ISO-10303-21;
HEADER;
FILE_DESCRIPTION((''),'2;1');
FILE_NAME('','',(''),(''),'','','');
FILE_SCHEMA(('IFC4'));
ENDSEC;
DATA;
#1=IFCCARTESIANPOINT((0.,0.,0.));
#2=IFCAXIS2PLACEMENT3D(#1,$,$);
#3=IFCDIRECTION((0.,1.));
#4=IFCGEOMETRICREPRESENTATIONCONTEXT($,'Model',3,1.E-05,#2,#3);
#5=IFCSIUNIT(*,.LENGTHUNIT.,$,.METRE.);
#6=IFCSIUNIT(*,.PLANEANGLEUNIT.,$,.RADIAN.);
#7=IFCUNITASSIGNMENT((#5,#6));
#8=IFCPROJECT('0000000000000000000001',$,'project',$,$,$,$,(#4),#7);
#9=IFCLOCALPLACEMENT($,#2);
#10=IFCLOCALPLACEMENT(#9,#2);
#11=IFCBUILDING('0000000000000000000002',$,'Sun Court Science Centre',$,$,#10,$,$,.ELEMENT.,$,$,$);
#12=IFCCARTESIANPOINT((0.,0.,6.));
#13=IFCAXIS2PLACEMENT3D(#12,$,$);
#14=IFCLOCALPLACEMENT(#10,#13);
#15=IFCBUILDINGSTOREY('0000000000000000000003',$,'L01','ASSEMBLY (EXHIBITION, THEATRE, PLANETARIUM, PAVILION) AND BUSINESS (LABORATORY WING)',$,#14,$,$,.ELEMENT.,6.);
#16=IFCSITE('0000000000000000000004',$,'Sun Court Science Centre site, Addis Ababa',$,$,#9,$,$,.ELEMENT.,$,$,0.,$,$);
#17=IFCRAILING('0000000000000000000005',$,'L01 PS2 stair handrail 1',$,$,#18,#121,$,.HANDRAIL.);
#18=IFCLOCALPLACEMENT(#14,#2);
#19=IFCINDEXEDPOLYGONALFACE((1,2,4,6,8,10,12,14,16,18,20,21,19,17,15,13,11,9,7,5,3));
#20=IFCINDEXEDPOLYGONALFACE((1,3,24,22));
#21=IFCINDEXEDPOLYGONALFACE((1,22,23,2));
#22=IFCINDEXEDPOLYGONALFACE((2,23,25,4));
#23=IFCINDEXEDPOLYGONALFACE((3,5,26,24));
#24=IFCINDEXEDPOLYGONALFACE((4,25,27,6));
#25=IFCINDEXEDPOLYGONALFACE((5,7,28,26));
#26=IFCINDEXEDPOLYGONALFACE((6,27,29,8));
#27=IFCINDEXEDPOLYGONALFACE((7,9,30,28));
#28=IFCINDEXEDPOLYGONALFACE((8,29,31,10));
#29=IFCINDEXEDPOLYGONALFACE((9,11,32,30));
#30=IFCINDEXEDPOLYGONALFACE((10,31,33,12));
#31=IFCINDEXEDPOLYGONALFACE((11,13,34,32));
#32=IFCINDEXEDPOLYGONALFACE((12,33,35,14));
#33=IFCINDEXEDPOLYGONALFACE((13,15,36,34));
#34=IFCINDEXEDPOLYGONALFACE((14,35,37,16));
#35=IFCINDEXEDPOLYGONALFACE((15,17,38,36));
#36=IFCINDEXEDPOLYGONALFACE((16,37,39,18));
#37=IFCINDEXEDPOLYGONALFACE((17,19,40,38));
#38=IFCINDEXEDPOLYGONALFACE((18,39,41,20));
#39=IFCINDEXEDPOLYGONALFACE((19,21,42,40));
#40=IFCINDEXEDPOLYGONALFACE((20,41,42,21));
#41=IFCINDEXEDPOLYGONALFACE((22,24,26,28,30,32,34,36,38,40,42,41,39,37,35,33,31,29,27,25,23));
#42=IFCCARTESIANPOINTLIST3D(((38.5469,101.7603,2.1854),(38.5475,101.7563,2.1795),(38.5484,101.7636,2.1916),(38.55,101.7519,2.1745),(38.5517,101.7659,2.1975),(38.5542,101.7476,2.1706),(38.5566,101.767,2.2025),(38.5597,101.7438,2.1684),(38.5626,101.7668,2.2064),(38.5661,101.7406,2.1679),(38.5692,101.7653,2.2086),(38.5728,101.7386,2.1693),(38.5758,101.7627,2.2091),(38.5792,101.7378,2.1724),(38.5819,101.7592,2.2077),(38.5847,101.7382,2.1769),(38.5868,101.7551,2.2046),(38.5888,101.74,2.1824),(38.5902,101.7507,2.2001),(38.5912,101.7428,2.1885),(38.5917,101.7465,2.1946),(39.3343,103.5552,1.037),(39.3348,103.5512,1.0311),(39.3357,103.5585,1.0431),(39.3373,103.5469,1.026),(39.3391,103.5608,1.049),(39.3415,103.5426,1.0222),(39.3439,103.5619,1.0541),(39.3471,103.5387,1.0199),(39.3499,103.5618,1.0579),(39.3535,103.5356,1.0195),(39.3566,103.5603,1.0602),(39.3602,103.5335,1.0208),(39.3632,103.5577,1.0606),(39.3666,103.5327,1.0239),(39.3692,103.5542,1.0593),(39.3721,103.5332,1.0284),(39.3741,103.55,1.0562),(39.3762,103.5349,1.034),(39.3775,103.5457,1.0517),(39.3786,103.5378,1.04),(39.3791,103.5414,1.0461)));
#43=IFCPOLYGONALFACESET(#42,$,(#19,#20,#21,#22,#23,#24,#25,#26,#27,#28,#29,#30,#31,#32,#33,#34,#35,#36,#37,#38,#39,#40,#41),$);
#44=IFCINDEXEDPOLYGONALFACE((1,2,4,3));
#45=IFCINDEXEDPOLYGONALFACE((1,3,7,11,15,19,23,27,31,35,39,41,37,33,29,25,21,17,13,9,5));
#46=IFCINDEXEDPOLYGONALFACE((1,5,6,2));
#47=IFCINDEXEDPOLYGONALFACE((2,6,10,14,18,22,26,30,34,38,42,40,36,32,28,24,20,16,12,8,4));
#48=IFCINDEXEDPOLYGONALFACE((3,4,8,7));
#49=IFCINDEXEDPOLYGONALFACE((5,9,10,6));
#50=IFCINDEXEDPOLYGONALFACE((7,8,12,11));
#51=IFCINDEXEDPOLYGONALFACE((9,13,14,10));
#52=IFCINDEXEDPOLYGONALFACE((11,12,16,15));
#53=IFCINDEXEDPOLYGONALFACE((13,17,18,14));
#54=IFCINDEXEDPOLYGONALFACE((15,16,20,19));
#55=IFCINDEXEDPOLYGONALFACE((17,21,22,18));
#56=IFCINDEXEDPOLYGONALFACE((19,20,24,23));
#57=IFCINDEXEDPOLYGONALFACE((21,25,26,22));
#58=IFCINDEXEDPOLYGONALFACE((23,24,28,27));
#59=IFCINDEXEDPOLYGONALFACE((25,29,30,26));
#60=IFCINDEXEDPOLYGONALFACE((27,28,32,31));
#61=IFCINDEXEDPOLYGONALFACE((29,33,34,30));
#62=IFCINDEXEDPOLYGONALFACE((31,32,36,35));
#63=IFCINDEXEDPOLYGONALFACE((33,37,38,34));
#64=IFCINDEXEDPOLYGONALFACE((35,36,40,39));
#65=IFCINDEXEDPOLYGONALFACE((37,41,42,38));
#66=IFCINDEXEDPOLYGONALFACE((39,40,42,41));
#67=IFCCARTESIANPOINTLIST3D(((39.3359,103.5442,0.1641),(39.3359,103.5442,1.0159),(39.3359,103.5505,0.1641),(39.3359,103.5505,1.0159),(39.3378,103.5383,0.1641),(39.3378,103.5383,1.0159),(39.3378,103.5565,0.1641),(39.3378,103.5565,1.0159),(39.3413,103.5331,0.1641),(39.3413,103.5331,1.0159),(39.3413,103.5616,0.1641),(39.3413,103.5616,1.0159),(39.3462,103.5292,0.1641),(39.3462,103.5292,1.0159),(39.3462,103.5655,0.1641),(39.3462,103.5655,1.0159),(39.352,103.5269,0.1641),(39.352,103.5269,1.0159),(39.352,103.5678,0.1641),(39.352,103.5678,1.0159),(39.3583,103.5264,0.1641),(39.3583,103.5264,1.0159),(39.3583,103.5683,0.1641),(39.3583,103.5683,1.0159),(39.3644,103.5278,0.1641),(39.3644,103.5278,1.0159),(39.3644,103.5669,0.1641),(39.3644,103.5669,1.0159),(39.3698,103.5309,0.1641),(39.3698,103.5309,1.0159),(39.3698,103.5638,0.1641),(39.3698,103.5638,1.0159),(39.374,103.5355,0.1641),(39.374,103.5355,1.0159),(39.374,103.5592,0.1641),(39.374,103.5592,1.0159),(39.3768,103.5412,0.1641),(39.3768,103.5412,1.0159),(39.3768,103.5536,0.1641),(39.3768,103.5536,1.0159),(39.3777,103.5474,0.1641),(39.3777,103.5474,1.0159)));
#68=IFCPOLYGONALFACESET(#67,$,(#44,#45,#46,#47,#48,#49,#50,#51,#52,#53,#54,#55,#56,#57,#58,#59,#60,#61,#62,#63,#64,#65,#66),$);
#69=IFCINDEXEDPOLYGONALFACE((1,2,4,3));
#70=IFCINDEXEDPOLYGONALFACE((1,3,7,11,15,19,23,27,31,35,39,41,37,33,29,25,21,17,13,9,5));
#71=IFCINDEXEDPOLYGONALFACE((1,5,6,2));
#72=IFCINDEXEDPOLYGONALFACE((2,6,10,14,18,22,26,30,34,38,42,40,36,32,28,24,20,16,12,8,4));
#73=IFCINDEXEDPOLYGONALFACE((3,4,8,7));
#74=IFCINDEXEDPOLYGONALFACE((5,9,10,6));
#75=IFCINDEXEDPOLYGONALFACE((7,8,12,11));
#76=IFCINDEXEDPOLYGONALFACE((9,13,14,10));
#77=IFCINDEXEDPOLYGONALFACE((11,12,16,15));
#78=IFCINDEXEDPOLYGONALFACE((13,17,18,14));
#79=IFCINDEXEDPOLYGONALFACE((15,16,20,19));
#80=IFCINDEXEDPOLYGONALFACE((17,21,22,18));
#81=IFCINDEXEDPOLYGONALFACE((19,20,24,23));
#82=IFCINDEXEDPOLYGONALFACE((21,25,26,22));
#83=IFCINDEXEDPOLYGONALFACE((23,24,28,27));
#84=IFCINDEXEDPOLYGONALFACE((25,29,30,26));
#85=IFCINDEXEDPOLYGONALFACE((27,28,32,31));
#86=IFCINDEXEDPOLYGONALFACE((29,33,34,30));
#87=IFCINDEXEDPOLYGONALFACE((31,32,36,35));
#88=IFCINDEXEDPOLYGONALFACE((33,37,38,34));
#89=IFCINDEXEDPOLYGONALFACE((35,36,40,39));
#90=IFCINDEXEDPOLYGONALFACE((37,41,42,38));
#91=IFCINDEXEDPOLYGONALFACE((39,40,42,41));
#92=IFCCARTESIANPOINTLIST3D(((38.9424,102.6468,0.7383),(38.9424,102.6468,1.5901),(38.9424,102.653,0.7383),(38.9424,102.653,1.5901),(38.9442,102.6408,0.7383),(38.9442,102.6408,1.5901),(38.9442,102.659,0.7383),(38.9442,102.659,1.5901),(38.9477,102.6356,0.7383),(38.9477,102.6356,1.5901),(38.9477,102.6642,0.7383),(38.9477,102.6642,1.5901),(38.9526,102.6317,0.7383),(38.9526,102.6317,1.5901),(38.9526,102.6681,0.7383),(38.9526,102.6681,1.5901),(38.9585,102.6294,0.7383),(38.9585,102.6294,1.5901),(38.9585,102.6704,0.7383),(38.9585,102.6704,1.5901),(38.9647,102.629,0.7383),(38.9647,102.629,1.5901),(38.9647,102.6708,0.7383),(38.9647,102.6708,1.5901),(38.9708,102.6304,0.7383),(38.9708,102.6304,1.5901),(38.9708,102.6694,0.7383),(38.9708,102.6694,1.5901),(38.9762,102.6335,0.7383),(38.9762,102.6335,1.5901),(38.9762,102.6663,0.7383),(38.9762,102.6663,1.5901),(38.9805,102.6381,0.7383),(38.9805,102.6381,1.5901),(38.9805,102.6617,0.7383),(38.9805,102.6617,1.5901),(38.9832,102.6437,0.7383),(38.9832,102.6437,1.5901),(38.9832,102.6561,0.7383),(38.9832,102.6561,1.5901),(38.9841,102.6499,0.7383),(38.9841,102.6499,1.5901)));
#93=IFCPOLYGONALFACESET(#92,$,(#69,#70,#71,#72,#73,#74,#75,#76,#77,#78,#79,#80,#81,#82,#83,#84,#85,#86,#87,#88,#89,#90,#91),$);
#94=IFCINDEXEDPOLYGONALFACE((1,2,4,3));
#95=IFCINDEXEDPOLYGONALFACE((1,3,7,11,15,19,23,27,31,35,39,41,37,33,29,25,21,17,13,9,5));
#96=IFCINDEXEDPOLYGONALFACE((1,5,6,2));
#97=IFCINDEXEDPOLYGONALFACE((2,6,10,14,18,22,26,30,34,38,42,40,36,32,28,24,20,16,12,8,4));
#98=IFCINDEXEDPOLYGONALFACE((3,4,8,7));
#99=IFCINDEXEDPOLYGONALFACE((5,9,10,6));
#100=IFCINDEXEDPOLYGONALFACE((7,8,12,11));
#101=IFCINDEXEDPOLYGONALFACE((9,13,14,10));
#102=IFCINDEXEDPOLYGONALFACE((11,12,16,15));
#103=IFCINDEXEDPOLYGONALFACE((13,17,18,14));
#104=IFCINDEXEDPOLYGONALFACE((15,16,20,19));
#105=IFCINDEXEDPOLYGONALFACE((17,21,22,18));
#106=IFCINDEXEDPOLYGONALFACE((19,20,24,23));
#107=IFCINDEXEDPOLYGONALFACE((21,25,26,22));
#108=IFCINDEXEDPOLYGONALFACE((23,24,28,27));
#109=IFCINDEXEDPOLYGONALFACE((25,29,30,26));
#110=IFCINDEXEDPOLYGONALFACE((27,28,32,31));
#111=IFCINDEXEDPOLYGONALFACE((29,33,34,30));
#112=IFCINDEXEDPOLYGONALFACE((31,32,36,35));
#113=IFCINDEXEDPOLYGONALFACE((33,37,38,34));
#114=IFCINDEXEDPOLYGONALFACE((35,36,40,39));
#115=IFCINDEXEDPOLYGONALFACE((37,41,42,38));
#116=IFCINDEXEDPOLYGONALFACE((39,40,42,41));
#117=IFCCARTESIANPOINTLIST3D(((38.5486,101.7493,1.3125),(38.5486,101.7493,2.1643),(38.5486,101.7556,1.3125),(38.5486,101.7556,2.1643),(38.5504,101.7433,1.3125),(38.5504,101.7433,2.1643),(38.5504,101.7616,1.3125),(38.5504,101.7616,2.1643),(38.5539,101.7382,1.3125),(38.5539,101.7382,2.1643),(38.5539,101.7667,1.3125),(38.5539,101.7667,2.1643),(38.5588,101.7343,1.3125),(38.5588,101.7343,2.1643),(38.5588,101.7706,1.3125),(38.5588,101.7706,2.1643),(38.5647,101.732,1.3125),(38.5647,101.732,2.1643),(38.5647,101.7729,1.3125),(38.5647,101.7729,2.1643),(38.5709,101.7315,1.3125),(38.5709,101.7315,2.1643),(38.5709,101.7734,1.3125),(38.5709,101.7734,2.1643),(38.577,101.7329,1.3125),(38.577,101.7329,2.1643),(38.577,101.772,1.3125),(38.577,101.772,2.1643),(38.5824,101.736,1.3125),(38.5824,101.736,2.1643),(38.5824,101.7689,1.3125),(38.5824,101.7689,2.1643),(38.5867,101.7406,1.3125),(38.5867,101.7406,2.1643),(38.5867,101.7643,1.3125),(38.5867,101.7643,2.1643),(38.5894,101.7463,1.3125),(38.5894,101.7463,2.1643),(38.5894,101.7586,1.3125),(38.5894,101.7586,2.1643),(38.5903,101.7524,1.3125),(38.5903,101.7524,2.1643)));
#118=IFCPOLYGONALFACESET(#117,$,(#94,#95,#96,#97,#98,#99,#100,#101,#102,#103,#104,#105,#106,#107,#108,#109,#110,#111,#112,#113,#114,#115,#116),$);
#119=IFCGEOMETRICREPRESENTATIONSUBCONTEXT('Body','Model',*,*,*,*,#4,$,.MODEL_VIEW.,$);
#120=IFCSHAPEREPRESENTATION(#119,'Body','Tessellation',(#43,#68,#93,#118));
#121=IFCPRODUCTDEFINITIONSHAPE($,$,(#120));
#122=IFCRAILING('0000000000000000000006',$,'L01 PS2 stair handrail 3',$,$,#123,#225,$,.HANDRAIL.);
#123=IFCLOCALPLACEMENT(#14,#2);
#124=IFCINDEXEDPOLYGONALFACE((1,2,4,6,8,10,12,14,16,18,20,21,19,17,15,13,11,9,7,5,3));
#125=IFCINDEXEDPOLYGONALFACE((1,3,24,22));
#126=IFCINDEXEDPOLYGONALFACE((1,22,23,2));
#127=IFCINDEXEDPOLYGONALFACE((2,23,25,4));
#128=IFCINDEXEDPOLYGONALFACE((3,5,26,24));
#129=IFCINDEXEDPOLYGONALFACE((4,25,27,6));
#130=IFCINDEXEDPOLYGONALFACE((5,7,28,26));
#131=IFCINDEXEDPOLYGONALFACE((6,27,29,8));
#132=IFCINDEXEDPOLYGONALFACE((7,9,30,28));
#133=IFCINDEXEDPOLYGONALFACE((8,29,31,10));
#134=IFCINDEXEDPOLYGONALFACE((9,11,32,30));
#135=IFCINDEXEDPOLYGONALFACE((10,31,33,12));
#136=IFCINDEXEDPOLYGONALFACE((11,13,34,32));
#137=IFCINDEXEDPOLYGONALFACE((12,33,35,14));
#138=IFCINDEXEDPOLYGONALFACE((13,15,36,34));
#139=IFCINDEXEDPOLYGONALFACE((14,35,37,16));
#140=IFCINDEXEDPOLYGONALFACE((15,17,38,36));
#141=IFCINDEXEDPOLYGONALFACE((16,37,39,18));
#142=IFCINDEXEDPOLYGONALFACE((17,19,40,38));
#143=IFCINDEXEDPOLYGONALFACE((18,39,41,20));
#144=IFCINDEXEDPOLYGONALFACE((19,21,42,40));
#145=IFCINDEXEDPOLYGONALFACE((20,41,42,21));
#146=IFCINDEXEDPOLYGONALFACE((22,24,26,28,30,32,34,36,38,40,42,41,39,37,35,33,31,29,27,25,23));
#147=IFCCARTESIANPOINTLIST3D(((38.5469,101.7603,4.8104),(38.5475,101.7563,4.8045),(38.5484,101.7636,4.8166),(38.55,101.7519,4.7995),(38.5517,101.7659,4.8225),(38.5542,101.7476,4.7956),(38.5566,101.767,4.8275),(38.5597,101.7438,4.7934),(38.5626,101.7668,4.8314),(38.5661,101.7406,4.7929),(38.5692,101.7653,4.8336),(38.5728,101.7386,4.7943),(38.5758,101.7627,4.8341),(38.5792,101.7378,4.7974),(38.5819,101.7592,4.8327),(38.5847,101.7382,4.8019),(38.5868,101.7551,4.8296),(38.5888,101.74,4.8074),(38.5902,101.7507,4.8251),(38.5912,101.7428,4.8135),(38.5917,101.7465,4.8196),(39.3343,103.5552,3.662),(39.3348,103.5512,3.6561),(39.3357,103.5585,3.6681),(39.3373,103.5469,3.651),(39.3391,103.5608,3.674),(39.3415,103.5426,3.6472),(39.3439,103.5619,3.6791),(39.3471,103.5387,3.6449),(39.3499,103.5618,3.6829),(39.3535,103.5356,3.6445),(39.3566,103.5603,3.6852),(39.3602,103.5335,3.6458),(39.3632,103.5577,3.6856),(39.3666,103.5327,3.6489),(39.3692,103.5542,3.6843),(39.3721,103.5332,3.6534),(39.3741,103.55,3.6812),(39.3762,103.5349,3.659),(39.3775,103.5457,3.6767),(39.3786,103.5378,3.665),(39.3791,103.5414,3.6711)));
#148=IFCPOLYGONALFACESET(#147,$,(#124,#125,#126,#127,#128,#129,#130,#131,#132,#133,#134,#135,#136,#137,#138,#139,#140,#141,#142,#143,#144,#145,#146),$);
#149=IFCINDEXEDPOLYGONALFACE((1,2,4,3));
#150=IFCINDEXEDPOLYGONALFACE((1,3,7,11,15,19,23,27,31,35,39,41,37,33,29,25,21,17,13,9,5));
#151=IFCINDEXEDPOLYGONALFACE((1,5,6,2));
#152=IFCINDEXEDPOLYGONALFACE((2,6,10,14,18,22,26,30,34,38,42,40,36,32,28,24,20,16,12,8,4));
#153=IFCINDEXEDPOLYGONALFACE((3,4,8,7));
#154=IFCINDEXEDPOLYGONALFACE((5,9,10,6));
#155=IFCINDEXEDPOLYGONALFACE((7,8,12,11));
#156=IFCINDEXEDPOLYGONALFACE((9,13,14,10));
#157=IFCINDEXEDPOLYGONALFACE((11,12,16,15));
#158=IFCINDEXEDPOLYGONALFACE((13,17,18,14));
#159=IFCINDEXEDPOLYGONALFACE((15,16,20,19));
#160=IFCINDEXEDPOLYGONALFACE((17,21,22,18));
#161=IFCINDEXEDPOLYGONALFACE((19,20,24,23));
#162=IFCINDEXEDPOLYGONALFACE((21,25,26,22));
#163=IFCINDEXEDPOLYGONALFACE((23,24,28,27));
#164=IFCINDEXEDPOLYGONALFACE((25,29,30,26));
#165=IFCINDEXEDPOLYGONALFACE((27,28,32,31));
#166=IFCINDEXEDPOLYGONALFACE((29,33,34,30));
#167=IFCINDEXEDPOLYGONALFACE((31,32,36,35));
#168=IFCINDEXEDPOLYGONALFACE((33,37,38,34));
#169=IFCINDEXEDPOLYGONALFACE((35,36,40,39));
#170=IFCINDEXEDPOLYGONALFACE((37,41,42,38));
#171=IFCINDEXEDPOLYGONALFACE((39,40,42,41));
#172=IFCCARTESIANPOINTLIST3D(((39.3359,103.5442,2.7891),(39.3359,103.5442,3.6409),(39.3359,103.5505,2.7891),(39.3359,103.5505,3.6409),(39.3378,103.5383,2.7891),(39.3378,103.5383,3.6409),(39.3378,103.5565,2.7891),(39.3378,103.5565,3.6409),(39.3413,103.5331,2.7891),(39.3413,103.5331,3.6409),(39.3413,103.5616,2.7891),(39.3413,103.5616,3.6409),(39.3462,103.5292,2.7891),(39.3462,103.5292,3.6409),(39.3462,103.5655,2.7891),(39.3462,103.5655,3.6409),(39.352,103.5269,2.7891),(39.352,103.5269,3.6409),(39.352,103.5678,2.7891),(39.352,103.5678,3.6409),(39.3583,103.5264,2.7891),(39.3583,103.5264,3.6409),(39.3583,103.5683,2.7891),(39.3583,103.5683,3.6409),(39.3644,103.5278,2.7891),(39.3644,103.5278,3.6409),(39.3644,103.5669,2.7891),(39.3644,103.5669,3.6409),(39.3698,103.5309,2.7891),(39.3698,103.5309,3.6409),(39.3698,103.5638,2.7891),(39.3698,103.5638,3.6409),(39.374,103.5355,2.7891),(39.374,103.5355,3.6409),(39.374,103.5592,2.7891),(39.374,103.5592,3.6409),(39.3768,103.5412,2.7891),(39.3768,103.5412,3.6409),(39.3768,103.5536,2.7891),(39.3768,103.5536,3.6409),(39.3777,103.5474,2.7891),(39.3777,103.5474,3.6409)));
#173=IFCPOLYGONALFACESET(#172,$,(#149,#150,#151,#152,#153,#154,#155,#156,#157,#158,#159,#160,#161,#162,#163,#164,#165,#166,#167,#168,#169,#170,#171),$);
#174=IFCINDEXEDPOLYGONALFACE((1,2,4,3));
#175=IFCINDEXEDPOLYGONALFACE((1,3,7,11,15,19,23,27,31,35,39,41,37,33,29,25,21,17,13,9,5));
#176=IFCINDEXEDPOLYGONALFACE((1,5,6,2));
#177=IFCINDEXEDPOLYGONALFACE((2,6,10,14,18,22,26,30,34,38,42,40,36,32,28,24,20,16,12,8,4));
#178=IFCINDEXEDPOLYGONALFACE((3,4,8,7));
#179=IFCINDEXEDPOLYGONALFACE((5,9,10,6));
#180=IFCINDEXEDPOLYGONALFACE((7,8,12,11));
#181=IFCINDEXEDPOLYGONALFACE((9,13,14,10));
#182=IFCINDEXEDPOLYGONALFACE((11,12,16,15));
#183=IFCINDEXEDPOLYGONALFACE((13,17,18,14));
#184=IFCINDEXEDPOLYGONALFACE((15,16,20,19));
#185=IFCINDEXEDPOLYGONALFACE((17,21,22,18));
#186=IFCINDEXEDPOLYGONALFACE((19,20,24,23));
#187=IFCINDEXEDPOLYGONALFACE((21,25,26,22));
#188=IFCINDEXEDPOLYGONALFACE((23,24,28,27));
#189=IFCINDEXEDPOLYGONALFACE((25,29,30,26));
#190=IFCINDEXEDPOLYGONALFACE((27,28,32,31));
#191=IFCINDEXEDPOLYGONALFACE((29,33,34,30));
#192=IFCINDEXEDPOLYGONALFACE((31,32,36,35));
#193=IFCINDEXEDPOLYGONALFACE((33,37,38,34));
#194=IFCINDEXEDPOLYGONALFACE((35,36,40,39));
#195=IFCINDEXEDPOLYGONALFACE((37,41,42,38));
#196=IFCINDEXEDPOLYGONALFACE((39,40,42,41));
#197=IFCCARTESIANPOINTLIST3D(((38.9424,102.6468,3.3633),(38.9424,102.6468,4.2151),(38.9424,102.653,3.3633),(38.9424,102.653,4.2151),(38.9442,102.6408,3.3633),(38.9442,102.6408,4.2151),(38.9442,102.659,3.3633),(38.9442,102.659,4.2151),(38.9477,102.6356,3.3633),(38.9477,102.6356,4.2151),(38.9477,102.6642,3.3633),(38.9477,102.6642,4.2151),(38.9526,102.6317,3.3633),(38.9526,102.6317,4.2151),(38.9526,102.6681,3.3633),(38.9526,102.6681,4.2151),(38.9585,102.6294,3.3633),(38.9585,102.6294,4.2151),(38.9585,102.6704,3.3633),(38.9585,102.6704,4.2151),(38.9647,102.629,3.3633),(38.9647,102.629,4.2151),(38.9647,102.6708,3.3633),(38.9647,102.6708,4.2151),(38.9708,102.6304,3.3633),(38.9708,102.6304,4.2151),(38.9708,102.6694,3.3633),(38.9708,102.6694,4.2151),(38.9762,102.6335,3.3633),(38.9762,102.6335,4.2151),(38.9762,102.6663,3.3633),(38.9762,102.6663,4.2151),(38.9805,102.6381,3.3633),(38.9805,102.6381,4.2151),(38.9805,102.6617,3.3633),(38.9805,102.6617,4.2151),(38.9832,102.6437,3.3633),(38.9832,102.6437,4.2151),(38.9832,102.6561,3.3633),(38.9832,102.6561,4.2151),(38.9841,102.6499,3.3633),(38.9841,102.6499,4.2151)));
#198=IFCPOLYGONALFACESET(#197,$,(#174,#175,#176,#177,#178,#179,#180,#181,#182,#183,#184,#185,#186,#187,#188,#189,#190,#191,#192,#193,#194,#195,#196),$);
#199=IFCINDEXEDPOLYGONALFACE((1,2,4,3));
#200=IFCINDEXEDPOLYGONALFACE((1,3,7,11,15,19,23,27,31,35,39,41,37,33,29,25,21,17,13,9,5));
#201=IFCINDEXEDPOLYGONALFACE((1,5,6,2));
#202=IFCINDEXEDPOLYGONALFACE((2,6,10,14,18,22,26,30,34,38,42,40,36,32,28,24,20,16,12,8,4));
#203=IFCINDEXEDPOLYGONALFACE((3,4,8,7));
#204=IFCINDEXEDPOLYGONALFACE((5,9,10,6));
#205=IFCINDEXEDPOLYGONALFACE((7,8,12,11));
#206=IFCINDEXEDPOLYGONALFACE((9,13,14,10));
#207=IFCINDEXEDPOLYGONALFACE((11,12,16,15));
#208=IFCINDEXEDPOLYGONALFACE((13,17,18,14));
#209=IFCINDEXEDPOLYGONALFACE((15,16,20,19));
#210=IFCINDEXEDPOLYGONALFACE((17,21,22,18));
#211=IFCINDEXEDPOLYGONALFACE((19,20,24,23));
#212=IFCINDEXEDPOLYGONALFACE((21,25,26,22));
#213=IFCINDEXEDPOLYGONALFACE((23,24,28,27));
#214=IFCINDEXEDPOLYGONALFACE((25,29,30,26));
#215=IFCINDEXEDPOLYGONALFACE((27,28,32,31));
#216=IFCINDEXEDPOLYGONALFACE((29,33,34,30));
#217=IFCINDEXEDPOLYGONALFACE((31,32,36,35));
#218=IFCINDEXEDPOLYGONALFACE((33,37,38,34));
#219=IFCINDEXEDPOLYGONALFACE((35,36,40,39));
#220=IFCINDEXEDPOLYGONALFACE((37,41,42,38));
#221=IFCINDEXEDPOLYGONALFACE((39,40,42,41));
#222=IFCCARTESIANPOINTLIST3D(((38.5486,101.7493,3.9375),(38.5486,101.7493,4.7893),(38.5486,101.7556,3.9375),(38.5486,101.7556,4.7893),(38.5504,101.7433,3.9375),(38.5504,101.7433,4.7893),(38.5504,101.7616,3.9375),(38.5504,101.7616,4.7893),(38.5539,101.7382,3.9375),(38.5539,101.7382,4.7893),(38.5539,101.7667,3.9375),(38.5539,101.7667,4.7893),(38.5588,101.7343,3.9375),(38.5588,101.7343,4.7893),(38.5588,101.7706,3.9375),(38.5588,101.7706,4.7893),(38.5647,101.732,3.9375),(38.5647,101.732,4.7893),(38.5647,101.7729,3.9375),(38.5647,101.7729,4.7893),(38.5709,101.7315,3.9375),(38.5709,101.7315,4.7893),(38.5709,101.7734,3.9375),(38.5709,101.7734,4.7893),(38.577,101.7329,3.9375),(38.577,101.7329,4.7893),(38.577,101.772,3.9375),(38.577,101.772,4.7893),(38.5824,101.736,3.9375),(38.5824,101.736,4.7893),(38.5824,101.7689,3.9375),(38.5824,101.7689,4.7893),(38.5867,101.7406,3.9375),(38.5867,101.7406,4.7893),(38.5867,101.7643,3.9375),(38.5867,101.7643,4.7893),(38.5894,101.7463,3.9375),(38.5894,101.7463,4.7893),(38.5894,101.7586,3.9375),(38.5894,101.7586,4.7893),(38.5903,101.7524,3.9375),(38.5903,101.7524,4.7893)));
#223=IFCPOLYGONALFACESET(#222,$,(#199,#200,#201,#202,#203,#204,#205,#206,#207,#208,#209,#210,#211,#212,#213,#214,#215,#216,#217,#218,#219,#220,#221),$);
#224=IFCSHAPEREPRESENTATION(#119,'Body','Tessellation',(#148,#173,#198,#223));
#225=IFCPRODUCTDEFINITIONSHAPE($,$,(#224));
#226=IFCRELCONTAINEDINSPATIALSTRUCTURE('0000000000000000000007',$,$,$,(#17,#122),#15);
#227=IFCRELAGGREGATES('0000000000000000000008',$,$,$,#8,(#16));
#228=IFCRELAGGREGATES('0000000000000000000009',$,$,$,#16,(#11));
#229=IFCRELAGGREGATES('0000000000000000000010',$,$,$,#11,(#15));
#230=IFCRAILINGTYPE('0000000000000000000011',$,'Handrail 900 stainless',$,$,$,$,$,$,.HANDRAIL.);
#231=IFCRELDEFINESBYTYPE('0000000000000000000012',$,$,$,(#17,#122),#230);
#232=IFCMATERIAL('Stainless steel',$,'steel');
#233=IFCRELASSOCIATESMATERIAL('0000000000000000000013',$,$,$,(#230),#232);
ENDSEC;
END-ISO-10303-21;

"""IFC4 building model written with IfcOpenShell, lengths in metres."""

from ifc_helpers import new_model, si_unit, direction, frame, origin, origin_2d, place, context, subcontext, project, spatial, circle, extrude, material, type_object, element, save


model = new_model("IFC4")

# Units and contexts
model_context = context("Model", 3, precision=1e-05, world=origin(), true_north=direction((0.0, 1.0)))
body_context = subcontext(model_context, "Body", "Model", "MODEL_VIEW")
ifc_project = project(units=[si_unit("LENGTHUNIT", "METRE"), si_unit("PLANEANGLEUNIT", "RADIAN")], contexts=[model_context])

# Site, building, storey
site_placement = place(None, origin())
site = spatial("IfcSite", under=ifc_project, at=site_placement, Name="Sun Court Science Centre site, Addis Ababa", CompositionType="ELEMENT", RefElevation=0.0)
building_placement = place(site_placement, origin())
building = spatial("IfcBuilding", under=site, at=building_placement, Name="Sun Court Science Centre", CompositionType="ELEMENT")
storey_placement = place(building_placement, frame((0.0, 0.0, 6.0)))
storey = spatial("IfcBuildingStorey", under=building, at=storey_placement, Name="L01", Description="ASSEMBLY (EXHIBITION, THEATRE, PLANETARIUM, PAVILION) AND BUSINESS (LABORATORY WING)", CompositionType="ELEMENT", Elevation=6.0)

# Railings
ifc_material_1 = material(Name="Stainless steel", Category="steel")
railing_type_1 = type_object("IfcRailingType", Name="Handrail 900 stainless", PredefinedType="HANDRAIL", material=ifc_material_1)
for number, where, name in (
    (1, (39.3567, 103.5474, 0.1641), "L01 PS2 stair handrail 1"),
    (2, (39.3567, 103.5474, 2.7891), "L01 PS2 stair handrail 3"),
):
    element("IfcRailing", number, at=place(storey_placement, frame(where)), inside=storey, type_object=railing_type_1, Name=name, PredefinedType="HANDRAIL", context=body_context, shape_type="SweptSolid", body=[
        extrude(circle(Radius=0.0239, at=origin_2d()), frame((0.0, 0.0, 0.876), z_axis=(-0.346594, -0.790126, 0.505543), x_axis=(0.915768, -0.401707, 0.0)), (0.0, 0.0, 1.0), 2.2717),
        extrude(circle(Radius=0.021, at=origin_2d()), origin(), (0.0, 0.0, 1.0), 0.8518),
        extrude(circle(Radius=0.021, at=origin_2d()), frame((-0.3936, -0.8975, 0.5742)), (0.0, 0.0, 1.0), 0.8518),
        extrude(circle(Radius=0.021, at=origin_2d()), frame((-0.7874, -1.7949, 1.1484)), (0.0, 0.0, 1.0), 0.8518),
    ])

save(model, "model.ifc")
